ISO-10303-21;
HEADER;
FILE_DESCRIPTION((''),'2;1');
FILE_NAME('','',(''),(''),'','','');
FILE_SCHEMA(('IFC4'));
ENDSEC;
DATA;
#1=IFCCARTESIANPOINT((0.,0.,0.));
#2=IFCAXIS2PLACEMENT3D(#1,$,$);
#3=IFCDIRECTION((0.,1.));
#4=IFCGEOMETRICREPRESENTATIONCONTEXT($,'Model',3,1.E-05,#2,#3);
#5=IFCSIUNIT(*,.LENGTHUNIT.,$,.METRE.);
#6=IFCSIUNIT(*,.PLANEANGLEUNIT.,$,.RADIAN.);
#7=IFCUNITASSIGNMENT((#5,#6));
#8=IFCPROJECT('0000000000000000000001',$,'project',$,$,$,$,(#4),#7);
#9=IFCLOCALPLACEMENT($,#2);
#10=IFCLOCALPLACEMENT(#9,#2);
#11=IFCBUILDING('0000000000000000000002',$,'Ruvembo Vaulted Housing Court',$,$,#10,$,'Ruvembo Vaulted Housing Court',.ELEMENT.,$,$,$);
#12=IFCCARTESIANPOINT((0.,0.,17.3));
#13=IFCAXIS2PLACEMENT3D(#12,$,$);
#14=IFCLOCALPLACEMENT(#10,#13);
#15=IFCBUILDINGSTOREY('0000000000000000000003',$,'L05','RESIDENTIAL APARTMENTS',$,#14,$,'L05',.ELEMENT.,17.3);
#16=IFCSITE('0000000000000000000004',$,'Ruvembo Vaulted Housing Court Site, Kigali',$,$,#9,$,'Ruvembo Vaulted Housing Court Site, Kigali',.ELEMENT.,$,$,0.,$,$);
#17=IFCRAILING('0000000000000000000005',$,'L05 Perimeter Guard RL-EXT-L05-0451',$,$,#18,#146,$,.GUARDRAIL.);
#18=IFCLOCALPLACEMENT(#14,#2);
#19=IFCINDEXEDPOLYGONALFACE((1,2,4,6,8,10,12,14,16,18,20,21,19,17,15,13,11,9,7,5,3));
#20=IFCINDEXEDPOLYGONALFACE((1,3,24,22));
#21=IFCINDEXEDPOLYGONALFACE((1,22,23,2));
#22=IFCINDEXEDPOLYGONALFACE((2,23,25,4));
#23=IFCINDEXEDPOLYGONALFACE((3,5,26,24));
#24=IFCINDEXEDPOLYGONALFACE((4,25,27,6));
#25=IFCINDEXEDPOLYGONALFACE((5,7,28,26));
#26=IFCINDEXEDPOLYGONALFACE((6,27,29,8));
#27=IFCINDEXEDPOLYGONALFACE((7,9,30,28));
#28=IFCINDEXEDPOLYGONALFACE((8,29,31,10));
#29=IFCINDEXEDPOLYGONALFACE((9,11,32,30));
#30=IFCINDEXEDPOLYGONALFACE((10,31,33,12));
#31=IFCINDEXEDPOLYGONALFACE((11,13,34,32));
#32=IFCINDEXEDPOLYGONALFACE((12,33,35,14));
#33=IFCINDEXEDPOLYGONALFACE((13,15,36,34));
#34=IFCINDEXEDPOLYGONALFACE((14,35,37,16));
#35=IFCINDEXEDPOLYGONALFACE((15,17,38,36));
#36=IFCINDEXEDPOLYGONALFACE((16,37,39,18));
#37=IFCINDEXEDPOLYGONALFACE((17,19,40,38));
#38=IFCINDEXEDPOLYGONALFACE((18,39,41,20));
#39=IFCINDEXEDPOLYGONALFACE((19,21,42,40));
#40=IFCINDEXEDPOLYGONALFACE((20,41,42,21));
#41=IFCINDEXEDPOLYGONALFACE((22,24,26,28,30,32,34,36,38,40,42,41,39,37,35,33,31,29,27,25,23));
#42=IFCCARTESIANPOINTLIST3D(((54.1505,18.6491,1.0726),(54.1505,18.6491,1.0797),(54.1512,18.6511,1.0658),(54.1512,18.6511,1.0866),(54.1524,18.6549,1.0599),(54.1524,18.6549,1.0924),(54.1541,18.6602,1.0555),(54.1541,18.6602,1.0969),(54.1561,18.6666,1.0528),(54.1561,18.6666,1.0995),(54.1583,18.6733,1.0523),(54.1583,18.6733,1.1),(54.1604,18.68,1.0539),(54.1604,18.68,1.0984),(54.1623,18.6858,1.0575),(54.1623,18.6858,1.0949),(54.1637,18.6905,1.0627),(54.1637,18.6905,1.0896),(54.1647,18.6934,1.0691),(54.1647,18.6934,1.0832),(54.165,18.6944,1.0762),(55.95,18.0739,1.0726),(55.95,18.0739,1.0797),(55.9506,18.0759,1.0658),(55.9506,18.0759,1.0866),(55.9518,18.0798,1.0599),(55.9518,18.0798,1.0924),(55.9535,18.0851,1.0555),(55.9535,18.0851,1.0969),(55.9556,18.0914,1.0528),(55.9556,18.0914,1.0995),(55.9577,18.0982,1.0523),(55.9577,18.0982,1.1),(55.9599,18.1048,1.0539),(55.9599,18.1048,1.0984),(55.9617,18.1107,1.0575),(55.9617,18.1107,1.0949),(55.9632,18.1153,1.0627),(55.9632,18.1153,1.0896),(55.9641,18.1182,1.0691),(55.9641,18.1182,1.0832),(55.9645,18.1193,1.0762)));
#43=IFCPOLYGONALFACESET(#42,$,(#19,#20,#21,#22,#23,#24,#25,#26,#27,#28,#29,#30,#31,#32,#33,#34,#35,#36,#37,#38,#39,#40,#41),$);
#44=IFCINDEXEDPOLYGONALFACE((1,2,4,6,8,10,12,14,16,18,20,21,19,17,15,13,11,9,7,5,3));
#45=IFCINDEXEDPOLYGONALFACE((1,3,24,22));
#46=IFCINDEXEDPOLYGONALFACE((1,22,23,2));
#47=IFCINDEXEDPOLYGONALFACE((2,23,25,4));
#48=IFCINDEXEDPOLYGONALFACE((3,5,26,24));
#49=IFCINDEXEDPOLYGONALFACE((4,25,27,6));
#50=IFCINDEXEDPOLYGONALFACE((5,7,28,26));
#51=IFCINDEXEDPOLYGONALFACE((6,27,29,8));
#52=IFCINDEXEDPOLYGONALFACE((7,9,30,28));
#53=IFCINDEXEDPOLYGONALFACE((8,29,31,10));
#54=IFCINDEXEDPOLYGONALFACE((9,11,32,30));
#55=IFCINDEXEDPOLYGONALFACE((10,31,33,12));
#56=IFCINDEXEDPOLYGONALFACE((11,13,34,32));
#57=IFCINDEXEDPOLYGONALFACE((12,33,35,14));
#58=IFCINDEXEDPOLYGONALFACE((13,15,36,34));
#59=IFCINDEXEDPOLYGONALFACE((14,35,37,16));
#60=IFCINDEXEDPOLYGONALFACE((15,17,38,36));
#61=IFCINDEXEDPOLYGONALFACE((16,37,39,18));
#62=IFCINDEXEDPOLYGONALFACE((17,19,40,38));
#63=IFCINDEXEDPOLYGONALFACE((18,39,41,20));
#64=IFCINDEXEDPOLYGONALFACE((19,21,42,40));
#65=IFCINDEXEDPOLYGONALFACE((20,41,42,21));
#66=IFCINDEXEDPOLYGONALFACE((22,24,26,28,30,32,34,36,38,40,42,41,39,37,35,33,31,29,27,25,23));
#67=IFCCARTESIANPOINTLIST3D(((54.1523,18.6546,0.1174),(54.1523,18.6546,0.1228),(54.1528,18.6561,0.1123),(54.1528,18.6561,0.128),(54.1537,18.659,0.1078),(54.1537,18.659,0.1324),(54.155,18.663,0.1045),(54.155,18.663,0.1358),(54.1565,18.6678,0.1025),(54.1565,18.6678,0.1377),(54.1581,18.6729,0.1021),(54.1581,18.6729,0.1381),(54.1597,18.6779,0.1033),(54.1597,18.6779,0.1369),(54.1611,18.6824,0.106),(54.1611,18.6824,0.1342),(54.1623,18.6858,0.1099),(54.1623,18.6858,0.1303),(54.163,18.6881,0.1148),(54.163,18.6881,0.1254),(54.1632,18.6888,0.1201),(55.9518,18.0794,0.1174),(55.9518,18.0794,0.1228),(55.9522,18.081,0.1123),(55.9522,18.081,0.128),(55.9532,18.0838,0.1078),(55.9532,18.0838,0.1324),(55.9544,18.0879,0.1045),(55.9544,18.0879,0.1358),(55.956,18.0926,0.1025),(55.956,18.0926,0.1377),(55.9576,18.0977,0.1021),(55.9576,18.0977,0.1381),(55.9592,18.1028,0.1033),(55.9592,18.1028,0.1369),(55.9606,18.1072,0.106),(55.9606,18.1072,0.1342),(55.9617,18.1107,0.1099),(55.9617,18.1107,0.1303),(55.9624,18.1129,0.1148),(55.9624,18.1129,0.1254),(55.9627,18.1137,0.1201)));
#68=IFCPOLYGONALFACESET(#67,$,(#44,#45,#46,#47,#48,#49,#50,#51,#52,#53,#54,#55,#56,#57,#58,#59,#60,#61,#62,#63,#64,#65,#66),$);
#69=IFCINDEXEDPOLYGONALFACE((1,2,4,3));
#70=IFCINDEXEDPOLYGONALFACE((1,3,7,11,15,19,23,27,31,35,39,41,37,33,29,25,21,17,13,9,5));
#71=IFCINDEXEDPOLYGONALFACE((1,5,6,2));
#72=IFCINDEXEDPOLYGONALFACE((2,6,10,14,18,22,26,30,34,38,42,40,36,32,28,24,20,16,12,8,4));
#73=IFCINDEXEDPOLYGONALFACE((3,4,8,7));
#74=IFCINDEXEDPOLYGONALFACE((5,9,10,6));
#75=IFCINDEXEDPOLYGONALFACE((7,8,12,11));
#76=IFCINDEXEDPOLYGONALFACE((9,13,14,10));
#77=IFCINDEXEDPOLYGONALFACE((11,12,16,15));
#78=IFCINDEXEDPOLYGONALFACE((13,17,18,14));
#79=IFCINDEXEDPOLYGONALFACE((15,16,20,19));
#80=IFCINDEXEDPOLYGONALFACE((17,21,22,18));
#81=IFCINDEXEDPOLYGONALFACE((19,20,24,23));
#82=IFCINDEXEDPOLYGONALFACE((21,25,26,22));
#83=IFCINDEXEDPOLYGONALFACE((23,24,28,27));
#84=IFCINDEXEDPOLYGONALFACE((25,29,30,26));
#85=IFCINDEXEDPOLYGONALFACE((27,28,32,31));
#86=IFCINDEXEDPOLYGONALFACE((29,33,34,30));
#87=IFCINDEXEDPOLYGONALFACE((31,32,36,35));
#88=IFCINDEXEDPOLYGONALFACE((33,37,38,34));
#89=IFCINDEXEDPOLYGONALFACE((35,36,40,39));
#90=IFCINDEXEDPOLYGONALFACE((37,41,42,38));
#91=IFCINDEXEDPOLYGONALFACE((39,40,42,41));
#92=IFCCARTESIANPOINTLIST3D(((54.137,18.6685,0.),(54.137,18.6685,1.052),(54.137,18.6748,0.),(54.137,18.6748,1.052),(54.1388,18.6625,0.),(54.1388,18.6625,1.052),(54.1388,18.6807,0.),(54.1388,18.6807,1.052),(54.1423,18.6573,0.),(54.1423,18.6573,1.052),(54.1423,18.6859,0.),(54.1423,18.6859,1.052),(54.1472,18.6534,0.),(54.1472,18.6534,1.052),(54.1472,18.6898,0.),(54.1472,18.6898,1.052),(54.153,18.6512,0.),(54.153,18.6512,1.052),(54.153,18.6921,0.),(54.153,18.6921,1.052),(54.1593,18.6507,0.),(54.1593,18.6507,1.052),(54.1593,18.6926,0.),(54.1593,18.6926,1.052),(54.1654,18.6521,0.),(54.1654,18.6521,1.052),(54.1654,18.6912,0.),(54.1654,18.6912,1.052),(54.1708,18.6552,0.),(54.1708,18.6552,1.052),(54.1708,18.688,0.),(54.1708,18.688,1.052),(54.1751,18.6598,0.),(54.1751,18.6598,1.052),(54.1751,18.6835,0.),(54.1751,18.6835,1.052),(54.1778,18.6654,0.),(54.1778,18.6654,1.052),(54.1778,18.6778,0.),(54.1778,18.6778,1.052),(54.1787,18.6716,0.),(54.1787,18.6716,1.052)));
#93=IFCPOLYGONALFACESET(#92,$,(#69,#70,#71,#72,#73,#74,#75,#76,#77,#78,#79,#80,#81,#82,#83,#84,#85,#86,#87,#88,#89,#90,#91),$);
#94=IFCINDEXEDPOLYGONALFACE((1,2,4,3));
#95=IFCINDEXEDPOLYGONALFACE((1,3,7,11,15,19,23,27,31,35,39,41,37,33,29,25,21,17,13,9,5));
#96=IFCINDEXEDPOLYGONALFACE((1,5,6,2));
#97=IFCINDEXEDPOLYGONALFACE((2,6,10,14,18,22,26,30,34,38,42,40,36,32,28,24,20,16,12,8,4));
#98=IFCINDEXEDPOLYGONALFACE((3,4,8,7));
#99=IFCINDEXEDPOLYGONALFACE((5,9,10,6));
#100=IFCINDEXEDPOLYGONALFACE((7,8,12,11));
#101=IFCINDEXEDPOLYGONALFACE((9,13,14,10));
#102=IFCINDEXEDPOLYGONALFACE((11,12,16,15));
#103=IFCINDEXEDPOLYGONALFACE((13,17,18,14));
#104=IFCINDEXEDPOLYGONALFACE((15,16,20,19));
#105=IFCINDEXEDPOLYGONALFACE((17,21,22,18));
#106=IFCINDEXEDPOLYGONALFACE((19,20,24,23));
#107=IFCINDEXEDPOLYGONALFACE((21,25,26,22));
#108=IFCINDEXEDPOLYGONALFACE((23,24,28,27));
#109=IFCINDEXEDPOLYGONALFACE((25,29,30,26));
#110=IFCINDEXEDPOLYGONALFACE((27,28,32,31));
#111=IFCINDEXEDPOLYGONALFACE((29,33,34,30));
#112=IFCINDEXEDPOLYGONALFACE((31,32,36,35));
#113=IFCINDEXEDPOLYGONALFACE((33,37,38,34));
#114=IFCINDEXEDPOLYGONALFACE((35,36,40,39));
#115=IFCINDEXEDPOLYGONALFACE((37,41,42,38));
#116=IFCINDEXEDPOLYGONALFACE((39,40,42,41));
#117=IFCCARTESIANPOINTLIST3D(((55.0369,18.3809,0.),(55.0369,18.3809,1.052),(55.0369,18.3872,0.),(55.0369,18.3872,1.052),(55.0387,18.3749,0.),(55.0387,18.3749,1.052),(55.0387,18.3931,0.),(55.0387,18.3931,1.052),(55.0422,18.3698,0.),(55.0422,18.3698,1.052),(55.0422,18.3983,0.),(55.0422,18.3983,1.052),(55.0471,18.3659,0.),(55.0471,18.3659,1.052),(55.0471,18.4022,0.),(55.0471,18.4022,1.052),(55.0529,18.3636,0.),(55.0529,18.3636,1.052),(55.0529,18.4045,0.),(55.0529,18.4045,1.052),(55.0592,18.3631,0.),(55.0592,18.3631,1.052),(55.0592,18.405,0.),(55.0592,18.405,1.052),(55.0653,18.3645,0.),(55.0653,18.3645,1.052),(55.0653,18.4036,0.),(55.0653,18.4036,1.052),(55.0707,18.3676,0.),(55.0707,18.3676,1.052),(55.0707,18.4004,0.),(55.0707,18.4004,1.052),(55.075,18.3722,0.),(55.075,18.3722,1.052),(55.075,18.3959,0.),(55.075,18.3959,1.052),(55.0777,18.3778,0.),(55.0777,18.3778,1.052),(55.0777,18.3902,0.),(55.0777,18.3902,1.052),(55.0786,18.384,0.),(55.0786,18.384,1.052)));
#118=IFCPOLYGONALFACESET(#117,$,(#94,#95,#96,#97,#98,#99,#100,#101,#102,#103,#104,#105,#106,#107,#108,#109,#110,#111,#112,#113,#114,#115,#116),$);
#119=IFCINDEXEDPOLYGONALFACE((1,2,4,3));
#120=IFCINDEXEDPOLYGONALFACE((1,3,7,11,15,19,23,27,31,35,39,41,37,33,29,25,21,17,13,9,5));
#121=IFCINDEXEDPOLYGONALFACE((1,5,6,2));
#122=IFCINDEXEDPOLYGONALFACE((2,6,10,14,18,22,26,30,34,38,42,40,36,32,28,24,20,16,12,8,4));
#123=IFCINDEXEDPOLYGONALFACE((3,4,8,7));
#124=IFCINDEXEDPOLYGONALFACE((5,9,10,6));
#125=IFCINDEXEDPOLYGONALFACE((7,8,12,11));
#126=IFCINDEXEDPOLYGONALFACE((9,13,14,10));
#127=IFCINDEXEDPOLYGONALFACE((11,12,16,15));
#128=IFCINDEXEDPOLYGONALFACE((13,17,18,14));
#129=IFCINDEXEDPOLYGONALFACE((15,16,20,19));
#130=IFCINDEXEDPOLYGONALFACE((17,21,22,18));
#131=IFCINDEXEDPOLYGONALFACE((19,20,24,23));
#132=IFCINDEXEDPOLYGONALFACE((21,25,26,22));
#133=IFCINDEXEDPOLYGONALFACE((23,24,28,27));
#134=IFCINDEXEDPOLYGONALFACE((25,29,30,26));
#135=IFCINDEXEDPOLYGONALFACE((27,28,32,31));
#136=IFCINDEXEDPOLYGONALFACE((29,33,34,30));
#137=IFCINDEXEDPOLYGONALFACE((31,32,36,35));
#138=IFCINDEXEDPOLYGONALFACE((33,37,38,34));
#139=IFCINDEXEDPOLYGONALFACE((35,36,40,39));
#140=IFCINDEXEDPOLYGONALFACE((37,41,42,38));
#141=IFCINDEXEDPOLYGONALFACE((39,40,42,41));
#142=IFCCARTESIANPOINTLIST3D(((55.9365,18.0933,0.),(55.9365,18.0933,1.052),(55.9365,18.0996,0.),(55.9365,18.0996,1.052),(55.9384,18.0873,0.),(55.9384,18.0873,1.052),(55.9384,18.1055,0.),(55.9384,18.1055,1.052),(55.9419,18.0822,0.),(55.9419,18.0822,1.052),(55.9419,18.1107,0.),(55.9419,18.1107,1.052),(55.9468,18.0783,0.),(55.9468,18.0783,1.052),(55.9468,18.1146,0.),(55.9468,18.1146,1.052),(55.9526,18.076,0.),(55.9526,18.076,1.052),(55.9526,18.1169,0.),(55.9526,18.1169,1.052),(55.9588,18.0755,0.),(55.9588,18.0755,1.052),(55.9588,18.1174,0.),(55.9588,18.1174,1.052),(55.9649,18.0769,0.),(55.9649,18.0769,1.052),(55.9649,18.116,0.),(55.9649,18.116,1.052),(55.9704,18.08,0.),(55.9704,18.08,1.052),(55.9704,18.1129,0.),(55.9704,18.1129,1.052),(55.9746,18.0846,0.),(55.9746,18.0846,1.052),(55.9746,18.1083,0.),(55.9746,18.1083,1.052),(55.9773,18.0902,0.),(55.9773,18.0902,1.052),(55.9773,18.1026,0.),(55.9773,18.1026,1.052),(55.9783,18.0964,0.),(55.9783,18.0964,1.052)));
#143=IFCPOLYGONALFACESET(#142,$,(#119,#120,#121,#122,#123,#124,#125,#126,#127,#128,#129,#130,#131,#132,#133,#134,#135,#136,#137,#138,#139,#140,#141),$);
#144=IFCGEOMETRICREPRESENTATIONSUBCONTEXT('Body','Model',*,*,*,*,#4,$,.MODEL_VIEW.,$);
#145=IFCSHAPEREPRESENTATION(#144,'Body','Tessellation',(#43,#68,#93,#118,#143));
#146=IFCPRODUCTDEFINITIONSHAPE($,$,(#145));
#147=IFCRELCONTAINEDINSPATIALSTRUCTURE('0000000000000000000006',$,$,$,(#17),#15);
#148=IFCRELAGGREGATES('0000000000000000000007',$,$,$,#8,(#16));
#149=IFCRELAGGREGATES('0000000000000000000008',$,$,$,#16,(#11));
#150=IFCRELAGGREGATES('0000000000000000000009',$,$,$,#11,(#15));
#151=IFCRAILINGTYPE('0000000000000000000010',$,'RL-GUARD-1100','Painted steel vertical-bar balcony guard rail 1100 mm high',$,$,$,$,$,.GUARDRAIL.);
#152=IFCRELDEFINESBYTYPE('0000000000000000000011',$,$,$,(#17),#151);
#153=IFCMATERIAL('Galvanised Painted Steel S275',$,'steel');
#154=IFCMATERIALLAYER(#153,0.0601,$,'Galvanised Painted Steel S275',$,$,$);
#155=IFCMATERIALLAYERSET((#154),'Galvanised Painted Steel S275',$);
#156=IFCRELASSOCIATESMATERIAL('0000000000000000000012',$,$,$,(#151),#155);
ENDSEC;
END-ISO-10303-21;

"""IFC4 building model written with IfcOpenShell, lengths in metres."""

from ifc_helpers import new_model, si_unit, direction, frame, origin, origin_2d, place, context, subcontext, project, spatial, circle, extrude, material, layer, layer_set, type_object, element, save


model = new_model("IFC4")

# Units and contexts
model_context = context("Model", 3, precision=1e-05, world=origin(), true_north=direction((0.0, 1.0)))
body_context = subcontext(model_context, "Body", "Model", "MODEL_VIEW")
ifc_project = project(units=[si_unit("LENGTHUNIT", "METRE"), si_unit("PLANEANGLEUNIT", "RADIAN")], contexts=[model_context])

# Site, building, storey
site_placement = place(None, origin())
site = spatial("IfcSite", under=ifc_project, at=site_placement, Name="Ruvembo Vaulted Housing Court Site, Kigali", LongName="Ruvembo Vaulted Housing Court Site, Kigali", CompositionType="ELEMENT", RefElevation=0.0)
building_placement = place(site_placement, origin())
building = spatial("IfcBuilding", under=site, at=building_placement, Name="Ruvembo Vaulted Housing Court", LongName="Ruvembo Vaulted Housing Court", CompositionType="ELEMENT")
storey_placement = place(building_placement, frame((0.0, 0.0, 17.3)))
storey = spatial("IfcBuildingStorey", under=building, at=storey_placement, Name="L05", Description="RESIDENTIAL APARTMENTS", LongName="L05", CompositionType="ELEMENT", Elevation=17.3)

# Railing
ifc_material_1 = material(Name="Galvanised Painted Steel S275", Category="steel")
ifc_layer_1 = layer(ifc_material_1, 0.0601, Name="Galvanised Painted Steel S275")
ifc_layer_set_1 = layer_set([ifc_layer_1], Name="Galvanised Painted Steel S275")
railing_type = type_object("IfcRailingType", Name="RL-GUARD-1100", Description="Painted steel vertical-bar balcony guard rail 1100 mm high", PredefinedType="GUARDRAIL", material=ifc_layer_set_1)
railing_1_placement = place(storey_placement, frame((54.1577, 18.6716, 0.0)))
element("IfcRailing", 1, at=railing_1_placement, inside=storey, type_object=railing_type, Name="L05 Perimeter Guard RL-EXT-L05-0451", PredefinedType="GUARDRAIL", context=body_context, shape_type="SweptSolid", body=[
    extrude(circle(Radius=0.0239, at=origin_2d()), frame((0.0, 0.0, 1.0762), z_axis=(0.952526, -0.304457, 0.0), x_axis=(0.304457, 0.952526, 0.0)), (0.0, 0.0, 1.0), 1.8892),
    extrude(circle(Radius=0.0181, at=origin_2d()), frame((0.0, 0.0, 0.1201), z_axis=(0.952526, -0.304457, 0.0), x_axis=(0.304457, 0.952526, 0.0)), (0.0, 0.0, 1.0), 1.8892),
    extrude(circle(Radius=0.021, at=origin_2d()), origin(), (0.0, 0.0, 1.0), 1.052),
    extrude(circle(Radius=0.021, at=origin_2d()), frame((0.8999, -0.2876, 0.0)), (0.0, 0.0, 1.0), 1.052),
    extrude(circle(Radius=0.021, at=origin_2d()), frame((1.7996, -0.5752, 0.0)), (0.0, 0.0, 1.0), 1.052),
])

save(model, "model.ifc")
